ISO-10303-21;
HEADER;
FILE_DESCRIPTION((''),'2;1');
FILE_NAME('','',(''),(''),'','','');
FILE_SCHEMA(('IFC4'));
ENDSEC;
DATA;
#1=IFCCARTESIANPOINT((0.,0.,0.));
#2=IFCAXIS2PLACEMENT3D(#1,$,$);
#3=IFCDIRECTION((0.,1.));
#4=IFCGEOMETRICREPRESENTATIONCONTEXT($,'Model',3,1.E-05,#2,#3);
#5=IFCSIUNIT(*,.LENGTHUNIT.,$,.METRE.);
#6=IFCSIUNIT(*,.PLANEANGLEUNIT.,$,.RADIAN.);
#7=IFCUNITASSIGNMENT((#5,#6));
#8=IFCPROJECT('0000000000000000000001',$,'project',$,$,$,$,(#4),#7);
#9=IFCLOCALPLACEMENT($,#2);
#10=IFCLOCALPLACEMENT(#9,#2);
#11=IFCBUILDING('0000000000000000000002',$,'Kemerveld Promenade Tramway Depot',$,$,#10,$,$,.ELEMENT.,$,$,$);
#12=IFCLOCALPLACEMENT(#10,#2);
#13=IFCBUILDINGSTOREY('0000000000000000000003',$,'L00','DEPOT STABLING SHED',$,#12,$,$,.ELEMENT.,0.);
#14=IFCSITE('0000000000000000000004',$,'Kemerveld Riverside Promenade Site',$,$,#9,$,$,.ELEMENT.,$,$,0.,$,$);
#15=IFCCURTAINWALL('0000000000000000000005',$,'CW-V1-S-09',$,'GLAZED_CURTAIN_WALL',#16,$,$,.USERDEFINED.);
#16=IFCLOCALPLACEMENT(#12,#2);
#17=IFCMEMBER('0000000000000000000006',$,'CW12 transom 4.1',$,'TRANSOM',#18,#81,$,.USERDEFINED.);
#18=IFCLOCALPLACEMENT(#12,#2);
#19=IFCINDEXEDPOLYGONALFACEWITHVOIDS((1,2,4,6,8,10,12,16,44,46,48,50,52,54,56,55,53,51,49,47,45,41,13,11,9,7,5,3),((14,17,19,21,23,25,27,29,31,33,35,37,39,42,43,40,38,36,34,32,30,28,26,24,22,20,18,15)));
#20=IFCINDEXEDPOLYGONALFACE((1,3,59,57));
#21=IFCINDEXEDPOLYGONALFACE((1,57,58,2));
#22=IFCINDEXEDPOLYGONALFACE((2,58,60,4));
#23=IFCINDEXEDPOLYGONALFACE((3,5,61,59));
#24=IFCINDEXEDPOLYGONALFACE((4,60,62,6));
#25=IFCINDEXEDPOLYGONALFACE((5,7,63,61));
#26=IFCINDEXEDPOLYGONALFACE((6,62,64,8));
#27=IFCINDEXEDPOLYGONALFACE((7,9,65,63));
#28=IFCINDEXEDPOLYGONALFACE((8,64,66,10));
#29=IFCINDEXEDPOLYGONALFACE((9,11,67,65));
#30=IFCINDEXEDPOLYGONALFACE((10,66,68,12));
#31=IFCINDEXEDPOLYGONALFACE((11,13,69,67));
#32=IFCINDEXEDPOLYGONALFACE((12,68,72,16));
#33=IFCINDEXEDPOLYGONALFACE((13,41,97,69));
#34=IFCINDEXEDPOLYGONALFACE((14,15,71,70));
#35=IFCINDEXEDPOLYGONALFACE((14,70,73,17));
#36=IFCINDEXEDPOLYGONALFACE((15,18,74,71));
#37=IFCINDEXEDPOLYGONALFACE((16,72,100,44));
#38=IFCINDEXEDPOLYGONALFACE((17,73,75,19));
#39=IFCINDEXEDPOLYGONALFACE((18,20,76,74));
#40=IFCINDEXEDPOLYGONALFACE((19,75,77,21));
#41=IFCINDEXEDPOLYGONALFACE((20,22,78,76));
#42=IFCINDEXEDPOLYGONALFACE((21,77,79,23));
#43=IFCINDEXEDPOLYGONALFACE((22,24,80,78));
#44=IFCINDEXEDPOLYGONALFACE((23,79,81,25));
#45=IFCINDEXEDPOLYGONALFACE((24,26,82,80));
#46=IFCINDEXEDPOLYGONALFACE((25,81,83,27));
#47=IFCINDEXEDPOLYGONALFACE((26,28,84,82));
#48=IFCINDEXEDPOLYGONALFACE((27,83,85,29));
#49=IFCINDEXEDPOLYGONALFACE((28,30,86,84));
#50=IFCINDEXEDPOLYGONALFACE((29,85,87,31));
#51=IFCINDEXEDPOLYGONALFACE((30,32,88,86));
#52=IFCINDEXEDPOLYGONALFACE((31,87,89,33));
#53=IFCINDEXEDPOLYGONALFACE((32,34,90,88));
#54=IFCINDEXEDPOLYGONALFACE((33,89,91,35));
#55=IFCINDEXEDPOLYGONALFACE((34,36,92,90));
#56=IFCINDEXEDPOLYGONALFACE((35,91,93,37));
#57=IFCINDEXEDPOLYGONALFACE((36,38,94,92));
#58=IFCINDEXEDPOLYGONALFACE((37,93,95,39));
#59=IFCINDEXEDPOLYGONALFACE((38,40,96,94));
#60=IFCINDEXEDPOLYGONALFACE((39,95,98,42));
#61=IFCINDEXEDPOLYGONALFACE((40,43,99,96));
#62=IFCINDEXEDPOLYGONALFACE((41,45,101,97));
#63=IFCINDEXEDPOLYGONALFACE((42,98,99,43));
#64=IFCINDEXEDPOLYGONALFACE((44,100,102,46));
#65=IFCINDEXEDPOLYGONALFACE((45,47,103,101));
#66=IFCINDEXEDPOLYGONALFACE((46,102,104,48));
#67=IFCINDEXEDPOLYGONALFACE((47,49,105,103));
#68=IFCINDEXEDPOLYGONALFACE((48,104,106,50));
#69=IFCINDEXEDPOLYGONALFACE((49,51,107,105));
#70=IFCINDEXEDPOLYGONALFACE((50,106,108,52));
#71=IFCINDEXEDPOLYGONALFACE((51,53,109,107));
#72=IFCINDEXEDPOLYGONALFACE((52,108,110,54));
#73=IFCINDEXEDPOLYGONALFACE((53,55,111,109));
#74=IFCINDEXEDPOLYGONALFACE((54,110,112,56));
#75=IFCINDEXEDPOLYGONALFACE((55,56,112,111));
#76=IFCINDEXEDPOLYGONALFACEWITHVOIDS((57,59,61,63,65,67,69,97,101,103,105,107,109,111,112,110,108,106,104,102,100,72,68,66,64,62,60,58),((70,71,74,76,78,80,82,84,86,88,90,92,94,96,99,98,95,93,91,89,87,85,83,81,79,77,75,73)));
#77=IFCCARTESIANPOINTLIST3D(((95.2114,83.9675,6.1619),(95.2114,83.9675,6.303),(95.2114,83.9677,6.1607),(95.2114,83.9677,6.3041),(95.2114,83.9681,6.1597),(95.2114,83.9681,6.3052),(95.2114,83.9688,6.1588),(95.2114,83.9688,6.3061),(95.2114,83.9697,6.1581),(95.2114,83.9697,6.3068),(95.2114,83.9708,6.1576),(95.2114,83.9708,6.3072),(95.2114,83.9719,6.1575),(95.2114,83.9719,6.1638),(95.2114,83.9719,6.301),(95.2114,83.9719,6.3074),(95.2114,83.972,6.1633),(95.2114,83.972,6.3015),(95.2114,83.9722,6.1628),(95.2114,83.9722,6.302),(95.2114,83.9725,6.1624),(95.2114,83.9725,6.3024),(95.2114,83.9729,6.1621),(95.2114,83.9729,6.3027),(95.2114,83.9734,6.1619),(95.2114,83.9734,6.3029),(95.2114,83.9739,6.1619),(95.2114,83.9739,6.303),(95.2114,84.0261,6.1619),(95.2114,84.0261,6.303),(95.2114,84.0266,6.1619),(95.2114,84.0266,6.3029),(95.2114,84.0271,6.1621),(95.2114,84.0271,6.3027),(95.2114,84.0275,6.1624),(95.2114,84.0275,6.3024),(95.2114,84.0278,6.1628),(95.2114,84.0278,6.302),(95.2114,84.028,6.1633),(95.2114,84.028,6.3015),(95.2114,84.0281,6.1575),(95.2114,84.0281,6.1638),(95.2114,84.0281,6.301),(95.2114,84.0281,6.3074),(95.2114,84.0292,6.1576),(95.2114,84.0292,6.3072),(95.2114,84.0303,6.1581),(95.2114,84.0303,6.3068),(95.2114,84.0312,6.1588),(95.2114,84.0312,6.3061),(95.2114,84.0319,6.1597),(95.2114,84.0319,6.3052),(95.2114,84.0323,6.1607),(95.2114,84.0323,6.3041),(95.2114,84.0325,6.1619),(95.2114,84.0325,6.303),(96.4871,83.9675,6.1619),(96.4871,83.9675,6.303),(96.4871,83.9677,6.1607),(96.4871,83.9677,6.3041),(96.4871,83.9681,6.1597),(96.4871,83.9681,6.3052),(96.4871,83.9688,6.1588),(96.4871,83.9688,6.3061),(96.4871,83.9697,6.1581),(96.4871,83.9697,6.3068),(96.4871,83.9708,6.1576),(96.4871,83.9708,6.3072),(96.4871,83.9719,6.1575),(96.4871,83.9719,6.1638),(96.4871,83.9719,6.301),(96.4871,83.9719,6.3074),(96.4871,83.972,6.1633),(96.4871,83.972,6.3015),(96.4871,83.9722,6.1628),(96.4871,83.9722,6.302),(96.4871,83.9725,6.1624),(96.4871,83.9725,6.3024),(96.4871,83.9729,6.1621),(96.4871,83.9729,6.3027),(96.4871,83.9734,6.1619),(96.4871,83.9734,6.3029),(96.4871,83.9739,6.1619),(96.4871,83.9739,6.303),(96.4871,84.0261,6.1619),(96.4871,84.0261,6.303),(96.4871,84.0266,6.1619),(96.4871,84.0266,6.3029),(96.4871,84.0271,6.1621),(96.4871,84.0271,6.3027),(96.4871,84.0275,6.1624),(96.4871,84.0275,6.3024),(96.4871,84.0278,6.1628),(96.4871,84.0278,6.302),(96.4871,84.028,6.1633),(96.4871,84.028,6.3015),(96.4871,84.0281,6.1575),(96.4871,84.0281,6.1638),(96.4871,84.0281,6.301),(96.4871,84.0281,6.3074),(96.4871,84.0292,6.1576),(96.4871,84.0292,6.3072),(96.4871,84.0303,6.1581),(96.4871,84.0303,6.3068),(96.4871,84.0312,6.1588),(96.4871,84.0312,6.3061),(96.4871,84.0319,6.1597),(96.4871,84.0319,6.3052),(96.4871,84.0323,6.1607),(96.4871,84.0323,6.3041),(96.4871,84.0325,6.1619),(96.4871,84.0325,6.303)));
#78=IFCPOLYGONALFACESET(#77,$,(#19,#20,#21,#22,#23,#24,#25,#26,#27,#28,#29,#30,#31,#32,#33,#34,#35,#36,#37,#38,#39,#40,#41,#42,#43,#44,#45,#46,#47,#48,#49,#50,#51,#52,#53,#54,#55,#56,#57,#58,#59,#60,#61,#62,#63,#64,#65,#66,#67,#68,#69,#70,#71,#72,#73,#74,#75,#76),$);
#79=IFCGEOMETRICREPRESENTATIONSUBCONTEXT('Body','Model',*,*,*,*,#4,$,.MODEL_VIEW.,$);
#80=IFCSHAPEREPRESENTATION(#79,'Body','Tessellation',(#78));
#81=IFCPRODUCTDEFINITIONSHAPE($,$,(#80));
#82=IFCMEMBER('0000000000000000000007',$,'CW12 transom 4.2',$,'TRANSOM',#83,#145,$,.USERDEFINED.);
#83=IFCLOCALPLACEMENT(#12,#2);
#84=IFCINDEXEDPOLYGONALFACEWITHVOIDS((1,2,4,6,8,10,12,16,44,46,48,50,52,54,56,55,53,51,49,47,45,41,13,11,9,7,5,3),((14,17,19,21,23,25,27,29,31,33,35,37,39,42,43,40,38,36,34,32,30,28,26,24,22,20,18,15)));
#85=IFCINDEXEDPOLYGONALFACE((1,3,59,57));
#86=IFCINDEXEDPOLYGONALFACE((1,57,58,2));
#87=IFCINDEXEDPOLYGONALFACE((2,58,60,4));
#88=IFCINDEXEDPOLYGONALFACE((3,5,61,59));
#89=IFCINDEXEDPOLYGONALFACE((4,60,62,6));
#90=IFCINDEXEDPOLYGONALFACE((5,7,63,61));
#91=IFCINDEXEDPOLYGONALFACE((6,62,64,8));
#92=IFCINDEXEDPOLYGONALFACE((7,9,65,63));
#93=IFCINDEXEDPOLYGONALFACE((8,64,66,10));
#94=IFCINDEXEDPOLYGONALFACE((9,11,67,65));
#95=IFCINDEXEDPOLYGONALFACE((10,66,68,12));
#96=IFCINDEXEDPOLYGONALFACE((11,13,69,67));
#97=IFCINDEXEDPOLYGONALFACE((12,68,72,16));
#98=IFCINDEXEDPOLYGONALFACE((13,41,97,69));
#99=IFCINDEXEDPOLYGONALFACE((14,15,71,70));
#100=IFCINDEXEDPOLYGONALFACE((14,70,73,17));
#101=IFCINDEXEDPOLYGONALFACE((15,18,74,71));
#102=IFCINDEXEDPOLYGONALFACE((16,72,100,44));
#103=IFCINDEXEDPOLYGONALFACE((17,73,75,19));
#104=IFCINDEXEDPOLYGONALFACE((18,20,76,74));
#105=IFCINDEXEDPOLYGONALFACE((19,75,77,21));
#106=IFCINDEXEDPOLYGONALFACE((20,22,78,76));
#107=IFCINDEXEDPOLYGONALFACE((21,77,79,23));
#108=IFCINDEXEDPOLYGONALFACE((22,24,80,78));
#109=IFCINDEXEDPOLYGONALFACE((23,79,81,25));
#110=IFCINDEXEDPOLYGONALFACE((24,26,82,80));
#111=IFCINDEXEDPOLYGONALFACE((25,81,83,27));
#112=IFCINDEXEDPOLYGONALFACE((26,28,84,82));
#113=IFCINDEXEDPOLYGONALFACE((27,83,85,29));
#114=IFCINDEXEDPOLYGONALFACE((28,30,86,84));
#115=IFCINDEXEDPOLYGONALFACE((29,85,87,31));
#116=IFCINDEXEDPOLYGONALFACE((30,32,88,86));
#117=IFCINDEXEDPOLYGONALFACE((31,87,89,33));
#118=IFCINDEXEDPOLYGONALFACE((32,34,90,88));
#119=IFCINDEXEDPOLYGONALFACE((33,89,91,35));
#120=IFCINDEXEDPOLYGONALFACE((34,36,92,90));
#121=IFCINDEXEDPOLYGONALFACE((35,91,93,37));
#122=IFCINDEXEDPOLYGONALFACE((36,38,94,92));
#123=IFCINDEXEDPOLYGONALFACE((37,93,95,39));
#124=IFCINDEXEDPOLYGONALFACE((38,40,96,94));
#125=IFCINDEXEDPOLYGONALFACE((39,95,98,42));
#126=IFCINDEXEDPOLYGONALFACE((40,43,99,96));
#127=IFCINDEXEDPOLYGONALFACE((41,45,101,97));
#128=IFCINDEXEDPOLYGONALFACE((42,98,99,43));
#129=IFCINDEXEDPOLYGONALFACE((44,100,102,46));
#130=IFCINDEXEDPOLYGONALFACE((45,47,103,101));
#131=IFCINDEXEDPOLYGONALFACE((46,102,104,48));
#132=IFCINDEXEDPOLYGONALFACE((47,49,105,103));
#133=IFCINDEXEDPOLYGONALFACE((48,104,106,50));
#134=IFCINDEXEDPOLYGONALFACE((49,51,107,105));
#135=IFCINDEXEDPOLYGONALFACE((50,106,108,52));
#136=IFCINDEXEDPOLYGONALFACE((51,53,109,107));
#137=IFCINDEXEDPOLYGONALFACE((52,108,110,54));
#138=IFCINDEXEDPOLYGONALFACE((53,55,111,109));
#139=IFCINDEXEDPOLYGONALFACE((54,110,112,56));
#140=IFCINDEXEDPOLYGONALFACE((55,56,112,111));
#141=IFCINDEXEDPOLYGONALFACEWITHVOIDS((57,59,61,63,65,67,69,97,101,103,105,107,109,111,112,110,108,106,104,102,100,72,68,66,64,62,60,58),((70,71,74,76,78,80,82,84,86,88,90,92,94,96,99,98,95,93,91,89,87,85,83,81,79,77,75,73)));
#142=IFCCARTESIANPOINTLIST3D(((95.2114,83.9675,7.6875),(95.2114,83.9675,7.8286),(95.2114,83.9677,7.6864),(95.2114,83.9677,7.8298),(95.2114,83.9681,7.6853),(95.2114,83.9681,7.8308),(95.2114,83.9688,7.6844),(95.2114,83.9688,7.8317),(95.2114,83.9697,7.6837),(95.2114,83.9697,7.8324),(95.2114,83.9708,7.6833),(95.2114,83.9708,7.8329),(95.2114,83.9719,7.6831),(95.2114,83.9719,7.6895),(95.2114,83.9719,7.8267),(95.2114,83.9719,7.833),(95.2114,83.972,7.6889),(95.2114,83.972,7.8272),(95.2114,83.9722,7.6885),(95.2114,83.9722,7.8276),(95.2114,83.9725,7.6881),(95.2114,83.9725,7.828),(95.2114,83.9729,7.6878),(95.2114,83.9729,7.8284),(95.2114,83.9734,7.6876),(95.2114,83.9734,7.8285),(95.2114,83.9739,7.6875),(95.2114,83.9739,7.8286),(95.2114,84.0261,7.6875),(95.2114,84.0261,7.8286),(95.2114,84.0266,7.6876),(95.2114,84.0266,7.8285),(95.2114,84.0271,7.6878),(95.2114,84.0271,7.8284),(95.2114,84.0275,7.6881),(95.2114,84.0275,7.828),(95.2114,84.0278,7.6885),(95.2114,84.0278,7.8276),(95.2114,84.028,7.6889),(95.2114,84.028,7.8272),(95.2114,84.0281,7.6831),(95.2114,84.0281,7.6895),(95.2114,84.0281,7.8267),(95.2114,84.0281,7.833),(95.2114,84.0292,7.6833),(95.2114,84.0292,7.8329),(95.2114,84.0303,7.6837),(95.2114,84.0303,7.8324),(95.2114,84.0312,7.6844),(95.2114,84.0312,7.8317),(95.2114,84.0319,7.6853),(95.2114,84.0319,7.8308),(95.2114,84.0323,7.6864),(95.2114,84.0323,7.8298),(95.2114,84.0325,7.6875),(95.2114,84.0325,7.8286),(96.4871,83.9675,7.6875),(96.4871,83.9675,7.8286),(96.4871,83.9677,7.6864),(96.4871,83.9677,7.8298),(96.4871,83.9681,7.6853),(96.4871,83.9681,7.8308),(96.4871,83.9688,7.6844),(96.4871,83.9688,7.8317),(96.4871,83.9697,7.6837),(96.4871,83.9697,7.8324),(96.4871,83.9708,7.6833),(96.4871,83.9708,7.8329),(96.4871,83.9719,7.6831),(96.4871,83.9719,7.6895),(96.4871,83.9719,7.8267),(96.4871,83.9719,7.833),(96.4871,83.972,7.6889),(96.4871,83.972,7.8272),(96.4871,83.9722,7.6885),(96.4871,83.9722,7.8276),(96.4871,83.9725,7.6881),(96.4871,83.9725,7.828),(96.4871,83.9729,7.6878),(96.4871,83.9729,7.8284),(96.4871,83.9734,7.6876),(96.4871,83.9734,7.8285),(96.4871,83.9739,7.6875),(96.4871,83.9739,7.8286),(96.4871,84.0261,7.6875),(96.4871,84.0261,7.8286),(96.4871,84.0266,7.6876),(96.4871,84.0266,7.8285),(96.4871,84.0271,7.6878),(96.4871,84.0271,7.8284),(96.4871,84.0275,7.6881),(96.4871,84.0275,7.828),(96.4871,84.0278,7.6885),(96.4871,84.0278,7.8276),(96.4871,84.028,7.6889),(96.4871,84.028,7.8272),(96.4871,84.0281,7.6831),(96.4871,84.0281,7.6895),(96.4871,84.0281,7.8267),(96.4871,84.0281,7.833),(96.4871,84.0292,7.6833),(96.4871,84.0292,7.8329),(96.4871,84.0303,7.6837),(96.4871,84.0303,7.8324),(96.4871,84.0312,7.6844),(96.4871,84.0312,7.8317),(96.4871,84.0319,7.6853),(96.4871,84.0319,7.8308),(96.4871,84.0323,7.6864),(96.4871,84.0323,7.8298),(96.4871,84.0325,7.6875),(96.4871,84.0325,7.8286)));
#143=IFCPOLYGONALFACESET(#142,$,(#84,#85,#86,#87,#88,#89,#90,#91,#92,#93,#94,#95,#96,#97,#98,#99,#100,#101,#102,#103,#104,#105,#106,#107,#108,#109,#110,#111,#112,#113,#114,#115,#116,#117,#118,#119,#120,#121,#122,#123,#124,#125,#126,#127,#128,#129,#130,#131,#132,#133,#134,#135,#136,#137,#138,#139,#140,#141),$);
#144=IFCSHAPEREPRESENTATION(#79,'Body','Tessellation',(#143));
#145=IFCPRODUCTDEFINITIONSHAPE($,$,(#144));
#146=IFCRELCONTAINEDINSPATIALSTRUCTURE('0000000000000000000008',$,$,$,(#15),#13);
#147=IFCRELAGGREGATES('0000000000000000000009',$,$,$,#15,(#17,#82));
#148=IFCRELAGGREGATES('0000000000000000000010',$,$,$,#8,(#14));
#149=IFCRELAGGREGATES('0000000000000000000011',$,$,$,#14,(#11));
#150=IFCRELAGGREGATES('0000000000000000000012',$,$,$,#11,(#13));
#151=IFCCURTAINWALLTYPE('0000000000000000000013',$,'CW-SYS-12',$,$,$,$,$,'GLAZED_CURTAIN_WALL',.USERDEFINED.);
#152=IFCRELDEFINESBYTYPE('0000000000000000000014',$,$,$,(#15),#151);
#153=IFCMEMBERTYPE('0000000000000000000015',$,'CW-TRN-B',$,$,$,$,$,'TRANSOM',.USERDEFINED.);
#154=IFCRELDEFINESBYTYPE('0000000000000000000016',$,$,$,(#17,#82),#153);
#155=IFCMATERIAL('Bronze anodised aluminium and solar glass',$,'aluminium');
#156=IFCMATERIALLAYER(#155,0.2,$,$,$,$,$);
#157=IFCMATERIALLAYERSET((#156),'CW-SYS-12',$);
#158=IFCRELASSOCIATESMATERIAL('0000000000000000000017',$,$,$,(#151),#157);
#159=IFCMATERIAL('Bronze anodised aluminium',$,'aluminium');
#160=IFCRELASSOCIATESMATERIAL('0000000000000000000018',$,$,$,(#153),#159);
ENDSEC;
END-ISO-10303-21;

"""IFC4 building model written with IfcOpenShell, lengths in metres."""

from ifc_helpers import new_model, si_unit, direction, frame, origin, origin_2d, place, context, subcontext, project, spatial, hollow_rectangle, extrude, material, layer, layer_set, material_profile, profile_set, type_object, element, aggregate, save


model = new_model("IFC4")

# Units and contexts
model_context = context("Model", 3, precision=1e-05, world=origin(), true_north=direction((0.0, 1.0)))
body_context = subcontext(model_context, "Body", "Model", "MODEL_VIEW")
ifc_project = project(units=[si_unit("LENGTHUNIT", "METRE"), si_unit("PLANEANGLEUNIT", "RADIAN")], contexts=[model_context])

# Site, building, storey
site_placement = place(None, origin())
site = spatial("IfcSite", under=ifc_project, at=site_placement, Name="Kemerveld Riverside Promenade Site", CompositionType="ELEMENT", RefElevation=0.0)
building_placement = place(site_placement, origin())
building = spatial("IfcBuilding", under=site, at=building_placement, Name="Kemerveld Promenade Tramway Depot", CompositionType="ELEMENT")
storey_placement = place(building_placement, origin())
storey = spatial("IfcBuildingStorey", under=building, at=storey_placement, Name="L00", Description="DEPOT STABLING SHED", CompositionType="ELEMENT", Elevation=0.0)

# Curtain wall, members
ifc_material_1 = material(Name="Bronze anodised aluminium and solar glass", Category="aluminium")
ifc_layer_1 = layer(ifc_material_1, 0.2)
ifc_layer_set_1 = layer_set([ifc_layer_1], Name="CW-SYS-12")
curtain_wall_type = type_object("IfcCurtainWallType", Name="CW-SYS-12", ElementType="GLAZED_CURTAIN_WALL", PredefinedType="USERDEFINED", material=ifc_layer_set_1)
curtain_wall_placement = place(storey_placement, origin())
curtain_wall = element("IfcCurtainWall", 1, at=curtain_wall_placement, inside=storey, type_object=curtain_wall_type, Name="CW-V1-S-09", ObjectType="GLAZED_CURTAIN_WALL", PredefinedType="USERDEFINED")
ifc_material_2 = material(Name="Bronze anodised aluminium", Category="aluminium")
ifc_material_profile_1 = material_profile(ifc_material_2, hollow_rectangle(XDim=0.0649, YDim=0.1499, WallThickness=0.0044, InnerFilletRadius=0.002, OuterFilletRadius=0.0044, at=origin_2d()), Name="CW-TRN-150x65")
ifc_profile_set_1 = profile_set([ifc_material_profile_1], Name="Bronze anodised aluminium")
member_type_1 = type_object("IfcMemberType", Name="CW-TRN-B", ElementType="TRANSOM", PredefinedType="USERDEFINED", material=ifc_profile_set_1)
member_1_placement = place(storey_placement, frame((96.4871, 84.0, 6.2324), z_axis=(-1.0, 0.0, 0.0), x_axis=(0.0, -1.0, 0.0)))
member_1 = element("IfcMember", 2, at=member_1_placement, type_object=member_type_1, Name="CW12 transom 4.1", ObjectType="TRANSOM", PredefinedType="USERDEFINED", context=body_context, shape_type="SweptSolid", body=[
    extrude(hollow_rectangle(XDim=0.0649, YDim=0.1499, WallThickness=0.0044, InnerFilletRadius=0.002, OuterFilletRadius=0.0044, at=origin_2d()), origin(), (0.0, 0.0, 1.0), 1.2756),
])
member_2_placement = place(storey_placement, frame((96.4871, 84.0, 7.7581), z_axis=(-1.0, 0.0, 0.0), x_axis=(0.0, -1.0, 0.0)))
member_2 = element("IfcMember", 3, at=member_2_placement, type_object=member_type_1, Name="CW12 transom 4.2", ObjectType="TRANSOM", PredefinedType="USERDEFINED", context=body_context, shape_type="SweptSolid", body=[
    extrude(hollow_rectangle(XDim=0.0649, YDim=0.1499, WallThickness=0.0044, InnerFilletRadius=0.002, OuterFilletRadius=0.0044, at=origin_2d()), origin(), (0.0, 0.0, 1.0), 1.2756),
])
aggregate(curtain_wall, [member_1, member_2])

save(model, "model.ifc")
